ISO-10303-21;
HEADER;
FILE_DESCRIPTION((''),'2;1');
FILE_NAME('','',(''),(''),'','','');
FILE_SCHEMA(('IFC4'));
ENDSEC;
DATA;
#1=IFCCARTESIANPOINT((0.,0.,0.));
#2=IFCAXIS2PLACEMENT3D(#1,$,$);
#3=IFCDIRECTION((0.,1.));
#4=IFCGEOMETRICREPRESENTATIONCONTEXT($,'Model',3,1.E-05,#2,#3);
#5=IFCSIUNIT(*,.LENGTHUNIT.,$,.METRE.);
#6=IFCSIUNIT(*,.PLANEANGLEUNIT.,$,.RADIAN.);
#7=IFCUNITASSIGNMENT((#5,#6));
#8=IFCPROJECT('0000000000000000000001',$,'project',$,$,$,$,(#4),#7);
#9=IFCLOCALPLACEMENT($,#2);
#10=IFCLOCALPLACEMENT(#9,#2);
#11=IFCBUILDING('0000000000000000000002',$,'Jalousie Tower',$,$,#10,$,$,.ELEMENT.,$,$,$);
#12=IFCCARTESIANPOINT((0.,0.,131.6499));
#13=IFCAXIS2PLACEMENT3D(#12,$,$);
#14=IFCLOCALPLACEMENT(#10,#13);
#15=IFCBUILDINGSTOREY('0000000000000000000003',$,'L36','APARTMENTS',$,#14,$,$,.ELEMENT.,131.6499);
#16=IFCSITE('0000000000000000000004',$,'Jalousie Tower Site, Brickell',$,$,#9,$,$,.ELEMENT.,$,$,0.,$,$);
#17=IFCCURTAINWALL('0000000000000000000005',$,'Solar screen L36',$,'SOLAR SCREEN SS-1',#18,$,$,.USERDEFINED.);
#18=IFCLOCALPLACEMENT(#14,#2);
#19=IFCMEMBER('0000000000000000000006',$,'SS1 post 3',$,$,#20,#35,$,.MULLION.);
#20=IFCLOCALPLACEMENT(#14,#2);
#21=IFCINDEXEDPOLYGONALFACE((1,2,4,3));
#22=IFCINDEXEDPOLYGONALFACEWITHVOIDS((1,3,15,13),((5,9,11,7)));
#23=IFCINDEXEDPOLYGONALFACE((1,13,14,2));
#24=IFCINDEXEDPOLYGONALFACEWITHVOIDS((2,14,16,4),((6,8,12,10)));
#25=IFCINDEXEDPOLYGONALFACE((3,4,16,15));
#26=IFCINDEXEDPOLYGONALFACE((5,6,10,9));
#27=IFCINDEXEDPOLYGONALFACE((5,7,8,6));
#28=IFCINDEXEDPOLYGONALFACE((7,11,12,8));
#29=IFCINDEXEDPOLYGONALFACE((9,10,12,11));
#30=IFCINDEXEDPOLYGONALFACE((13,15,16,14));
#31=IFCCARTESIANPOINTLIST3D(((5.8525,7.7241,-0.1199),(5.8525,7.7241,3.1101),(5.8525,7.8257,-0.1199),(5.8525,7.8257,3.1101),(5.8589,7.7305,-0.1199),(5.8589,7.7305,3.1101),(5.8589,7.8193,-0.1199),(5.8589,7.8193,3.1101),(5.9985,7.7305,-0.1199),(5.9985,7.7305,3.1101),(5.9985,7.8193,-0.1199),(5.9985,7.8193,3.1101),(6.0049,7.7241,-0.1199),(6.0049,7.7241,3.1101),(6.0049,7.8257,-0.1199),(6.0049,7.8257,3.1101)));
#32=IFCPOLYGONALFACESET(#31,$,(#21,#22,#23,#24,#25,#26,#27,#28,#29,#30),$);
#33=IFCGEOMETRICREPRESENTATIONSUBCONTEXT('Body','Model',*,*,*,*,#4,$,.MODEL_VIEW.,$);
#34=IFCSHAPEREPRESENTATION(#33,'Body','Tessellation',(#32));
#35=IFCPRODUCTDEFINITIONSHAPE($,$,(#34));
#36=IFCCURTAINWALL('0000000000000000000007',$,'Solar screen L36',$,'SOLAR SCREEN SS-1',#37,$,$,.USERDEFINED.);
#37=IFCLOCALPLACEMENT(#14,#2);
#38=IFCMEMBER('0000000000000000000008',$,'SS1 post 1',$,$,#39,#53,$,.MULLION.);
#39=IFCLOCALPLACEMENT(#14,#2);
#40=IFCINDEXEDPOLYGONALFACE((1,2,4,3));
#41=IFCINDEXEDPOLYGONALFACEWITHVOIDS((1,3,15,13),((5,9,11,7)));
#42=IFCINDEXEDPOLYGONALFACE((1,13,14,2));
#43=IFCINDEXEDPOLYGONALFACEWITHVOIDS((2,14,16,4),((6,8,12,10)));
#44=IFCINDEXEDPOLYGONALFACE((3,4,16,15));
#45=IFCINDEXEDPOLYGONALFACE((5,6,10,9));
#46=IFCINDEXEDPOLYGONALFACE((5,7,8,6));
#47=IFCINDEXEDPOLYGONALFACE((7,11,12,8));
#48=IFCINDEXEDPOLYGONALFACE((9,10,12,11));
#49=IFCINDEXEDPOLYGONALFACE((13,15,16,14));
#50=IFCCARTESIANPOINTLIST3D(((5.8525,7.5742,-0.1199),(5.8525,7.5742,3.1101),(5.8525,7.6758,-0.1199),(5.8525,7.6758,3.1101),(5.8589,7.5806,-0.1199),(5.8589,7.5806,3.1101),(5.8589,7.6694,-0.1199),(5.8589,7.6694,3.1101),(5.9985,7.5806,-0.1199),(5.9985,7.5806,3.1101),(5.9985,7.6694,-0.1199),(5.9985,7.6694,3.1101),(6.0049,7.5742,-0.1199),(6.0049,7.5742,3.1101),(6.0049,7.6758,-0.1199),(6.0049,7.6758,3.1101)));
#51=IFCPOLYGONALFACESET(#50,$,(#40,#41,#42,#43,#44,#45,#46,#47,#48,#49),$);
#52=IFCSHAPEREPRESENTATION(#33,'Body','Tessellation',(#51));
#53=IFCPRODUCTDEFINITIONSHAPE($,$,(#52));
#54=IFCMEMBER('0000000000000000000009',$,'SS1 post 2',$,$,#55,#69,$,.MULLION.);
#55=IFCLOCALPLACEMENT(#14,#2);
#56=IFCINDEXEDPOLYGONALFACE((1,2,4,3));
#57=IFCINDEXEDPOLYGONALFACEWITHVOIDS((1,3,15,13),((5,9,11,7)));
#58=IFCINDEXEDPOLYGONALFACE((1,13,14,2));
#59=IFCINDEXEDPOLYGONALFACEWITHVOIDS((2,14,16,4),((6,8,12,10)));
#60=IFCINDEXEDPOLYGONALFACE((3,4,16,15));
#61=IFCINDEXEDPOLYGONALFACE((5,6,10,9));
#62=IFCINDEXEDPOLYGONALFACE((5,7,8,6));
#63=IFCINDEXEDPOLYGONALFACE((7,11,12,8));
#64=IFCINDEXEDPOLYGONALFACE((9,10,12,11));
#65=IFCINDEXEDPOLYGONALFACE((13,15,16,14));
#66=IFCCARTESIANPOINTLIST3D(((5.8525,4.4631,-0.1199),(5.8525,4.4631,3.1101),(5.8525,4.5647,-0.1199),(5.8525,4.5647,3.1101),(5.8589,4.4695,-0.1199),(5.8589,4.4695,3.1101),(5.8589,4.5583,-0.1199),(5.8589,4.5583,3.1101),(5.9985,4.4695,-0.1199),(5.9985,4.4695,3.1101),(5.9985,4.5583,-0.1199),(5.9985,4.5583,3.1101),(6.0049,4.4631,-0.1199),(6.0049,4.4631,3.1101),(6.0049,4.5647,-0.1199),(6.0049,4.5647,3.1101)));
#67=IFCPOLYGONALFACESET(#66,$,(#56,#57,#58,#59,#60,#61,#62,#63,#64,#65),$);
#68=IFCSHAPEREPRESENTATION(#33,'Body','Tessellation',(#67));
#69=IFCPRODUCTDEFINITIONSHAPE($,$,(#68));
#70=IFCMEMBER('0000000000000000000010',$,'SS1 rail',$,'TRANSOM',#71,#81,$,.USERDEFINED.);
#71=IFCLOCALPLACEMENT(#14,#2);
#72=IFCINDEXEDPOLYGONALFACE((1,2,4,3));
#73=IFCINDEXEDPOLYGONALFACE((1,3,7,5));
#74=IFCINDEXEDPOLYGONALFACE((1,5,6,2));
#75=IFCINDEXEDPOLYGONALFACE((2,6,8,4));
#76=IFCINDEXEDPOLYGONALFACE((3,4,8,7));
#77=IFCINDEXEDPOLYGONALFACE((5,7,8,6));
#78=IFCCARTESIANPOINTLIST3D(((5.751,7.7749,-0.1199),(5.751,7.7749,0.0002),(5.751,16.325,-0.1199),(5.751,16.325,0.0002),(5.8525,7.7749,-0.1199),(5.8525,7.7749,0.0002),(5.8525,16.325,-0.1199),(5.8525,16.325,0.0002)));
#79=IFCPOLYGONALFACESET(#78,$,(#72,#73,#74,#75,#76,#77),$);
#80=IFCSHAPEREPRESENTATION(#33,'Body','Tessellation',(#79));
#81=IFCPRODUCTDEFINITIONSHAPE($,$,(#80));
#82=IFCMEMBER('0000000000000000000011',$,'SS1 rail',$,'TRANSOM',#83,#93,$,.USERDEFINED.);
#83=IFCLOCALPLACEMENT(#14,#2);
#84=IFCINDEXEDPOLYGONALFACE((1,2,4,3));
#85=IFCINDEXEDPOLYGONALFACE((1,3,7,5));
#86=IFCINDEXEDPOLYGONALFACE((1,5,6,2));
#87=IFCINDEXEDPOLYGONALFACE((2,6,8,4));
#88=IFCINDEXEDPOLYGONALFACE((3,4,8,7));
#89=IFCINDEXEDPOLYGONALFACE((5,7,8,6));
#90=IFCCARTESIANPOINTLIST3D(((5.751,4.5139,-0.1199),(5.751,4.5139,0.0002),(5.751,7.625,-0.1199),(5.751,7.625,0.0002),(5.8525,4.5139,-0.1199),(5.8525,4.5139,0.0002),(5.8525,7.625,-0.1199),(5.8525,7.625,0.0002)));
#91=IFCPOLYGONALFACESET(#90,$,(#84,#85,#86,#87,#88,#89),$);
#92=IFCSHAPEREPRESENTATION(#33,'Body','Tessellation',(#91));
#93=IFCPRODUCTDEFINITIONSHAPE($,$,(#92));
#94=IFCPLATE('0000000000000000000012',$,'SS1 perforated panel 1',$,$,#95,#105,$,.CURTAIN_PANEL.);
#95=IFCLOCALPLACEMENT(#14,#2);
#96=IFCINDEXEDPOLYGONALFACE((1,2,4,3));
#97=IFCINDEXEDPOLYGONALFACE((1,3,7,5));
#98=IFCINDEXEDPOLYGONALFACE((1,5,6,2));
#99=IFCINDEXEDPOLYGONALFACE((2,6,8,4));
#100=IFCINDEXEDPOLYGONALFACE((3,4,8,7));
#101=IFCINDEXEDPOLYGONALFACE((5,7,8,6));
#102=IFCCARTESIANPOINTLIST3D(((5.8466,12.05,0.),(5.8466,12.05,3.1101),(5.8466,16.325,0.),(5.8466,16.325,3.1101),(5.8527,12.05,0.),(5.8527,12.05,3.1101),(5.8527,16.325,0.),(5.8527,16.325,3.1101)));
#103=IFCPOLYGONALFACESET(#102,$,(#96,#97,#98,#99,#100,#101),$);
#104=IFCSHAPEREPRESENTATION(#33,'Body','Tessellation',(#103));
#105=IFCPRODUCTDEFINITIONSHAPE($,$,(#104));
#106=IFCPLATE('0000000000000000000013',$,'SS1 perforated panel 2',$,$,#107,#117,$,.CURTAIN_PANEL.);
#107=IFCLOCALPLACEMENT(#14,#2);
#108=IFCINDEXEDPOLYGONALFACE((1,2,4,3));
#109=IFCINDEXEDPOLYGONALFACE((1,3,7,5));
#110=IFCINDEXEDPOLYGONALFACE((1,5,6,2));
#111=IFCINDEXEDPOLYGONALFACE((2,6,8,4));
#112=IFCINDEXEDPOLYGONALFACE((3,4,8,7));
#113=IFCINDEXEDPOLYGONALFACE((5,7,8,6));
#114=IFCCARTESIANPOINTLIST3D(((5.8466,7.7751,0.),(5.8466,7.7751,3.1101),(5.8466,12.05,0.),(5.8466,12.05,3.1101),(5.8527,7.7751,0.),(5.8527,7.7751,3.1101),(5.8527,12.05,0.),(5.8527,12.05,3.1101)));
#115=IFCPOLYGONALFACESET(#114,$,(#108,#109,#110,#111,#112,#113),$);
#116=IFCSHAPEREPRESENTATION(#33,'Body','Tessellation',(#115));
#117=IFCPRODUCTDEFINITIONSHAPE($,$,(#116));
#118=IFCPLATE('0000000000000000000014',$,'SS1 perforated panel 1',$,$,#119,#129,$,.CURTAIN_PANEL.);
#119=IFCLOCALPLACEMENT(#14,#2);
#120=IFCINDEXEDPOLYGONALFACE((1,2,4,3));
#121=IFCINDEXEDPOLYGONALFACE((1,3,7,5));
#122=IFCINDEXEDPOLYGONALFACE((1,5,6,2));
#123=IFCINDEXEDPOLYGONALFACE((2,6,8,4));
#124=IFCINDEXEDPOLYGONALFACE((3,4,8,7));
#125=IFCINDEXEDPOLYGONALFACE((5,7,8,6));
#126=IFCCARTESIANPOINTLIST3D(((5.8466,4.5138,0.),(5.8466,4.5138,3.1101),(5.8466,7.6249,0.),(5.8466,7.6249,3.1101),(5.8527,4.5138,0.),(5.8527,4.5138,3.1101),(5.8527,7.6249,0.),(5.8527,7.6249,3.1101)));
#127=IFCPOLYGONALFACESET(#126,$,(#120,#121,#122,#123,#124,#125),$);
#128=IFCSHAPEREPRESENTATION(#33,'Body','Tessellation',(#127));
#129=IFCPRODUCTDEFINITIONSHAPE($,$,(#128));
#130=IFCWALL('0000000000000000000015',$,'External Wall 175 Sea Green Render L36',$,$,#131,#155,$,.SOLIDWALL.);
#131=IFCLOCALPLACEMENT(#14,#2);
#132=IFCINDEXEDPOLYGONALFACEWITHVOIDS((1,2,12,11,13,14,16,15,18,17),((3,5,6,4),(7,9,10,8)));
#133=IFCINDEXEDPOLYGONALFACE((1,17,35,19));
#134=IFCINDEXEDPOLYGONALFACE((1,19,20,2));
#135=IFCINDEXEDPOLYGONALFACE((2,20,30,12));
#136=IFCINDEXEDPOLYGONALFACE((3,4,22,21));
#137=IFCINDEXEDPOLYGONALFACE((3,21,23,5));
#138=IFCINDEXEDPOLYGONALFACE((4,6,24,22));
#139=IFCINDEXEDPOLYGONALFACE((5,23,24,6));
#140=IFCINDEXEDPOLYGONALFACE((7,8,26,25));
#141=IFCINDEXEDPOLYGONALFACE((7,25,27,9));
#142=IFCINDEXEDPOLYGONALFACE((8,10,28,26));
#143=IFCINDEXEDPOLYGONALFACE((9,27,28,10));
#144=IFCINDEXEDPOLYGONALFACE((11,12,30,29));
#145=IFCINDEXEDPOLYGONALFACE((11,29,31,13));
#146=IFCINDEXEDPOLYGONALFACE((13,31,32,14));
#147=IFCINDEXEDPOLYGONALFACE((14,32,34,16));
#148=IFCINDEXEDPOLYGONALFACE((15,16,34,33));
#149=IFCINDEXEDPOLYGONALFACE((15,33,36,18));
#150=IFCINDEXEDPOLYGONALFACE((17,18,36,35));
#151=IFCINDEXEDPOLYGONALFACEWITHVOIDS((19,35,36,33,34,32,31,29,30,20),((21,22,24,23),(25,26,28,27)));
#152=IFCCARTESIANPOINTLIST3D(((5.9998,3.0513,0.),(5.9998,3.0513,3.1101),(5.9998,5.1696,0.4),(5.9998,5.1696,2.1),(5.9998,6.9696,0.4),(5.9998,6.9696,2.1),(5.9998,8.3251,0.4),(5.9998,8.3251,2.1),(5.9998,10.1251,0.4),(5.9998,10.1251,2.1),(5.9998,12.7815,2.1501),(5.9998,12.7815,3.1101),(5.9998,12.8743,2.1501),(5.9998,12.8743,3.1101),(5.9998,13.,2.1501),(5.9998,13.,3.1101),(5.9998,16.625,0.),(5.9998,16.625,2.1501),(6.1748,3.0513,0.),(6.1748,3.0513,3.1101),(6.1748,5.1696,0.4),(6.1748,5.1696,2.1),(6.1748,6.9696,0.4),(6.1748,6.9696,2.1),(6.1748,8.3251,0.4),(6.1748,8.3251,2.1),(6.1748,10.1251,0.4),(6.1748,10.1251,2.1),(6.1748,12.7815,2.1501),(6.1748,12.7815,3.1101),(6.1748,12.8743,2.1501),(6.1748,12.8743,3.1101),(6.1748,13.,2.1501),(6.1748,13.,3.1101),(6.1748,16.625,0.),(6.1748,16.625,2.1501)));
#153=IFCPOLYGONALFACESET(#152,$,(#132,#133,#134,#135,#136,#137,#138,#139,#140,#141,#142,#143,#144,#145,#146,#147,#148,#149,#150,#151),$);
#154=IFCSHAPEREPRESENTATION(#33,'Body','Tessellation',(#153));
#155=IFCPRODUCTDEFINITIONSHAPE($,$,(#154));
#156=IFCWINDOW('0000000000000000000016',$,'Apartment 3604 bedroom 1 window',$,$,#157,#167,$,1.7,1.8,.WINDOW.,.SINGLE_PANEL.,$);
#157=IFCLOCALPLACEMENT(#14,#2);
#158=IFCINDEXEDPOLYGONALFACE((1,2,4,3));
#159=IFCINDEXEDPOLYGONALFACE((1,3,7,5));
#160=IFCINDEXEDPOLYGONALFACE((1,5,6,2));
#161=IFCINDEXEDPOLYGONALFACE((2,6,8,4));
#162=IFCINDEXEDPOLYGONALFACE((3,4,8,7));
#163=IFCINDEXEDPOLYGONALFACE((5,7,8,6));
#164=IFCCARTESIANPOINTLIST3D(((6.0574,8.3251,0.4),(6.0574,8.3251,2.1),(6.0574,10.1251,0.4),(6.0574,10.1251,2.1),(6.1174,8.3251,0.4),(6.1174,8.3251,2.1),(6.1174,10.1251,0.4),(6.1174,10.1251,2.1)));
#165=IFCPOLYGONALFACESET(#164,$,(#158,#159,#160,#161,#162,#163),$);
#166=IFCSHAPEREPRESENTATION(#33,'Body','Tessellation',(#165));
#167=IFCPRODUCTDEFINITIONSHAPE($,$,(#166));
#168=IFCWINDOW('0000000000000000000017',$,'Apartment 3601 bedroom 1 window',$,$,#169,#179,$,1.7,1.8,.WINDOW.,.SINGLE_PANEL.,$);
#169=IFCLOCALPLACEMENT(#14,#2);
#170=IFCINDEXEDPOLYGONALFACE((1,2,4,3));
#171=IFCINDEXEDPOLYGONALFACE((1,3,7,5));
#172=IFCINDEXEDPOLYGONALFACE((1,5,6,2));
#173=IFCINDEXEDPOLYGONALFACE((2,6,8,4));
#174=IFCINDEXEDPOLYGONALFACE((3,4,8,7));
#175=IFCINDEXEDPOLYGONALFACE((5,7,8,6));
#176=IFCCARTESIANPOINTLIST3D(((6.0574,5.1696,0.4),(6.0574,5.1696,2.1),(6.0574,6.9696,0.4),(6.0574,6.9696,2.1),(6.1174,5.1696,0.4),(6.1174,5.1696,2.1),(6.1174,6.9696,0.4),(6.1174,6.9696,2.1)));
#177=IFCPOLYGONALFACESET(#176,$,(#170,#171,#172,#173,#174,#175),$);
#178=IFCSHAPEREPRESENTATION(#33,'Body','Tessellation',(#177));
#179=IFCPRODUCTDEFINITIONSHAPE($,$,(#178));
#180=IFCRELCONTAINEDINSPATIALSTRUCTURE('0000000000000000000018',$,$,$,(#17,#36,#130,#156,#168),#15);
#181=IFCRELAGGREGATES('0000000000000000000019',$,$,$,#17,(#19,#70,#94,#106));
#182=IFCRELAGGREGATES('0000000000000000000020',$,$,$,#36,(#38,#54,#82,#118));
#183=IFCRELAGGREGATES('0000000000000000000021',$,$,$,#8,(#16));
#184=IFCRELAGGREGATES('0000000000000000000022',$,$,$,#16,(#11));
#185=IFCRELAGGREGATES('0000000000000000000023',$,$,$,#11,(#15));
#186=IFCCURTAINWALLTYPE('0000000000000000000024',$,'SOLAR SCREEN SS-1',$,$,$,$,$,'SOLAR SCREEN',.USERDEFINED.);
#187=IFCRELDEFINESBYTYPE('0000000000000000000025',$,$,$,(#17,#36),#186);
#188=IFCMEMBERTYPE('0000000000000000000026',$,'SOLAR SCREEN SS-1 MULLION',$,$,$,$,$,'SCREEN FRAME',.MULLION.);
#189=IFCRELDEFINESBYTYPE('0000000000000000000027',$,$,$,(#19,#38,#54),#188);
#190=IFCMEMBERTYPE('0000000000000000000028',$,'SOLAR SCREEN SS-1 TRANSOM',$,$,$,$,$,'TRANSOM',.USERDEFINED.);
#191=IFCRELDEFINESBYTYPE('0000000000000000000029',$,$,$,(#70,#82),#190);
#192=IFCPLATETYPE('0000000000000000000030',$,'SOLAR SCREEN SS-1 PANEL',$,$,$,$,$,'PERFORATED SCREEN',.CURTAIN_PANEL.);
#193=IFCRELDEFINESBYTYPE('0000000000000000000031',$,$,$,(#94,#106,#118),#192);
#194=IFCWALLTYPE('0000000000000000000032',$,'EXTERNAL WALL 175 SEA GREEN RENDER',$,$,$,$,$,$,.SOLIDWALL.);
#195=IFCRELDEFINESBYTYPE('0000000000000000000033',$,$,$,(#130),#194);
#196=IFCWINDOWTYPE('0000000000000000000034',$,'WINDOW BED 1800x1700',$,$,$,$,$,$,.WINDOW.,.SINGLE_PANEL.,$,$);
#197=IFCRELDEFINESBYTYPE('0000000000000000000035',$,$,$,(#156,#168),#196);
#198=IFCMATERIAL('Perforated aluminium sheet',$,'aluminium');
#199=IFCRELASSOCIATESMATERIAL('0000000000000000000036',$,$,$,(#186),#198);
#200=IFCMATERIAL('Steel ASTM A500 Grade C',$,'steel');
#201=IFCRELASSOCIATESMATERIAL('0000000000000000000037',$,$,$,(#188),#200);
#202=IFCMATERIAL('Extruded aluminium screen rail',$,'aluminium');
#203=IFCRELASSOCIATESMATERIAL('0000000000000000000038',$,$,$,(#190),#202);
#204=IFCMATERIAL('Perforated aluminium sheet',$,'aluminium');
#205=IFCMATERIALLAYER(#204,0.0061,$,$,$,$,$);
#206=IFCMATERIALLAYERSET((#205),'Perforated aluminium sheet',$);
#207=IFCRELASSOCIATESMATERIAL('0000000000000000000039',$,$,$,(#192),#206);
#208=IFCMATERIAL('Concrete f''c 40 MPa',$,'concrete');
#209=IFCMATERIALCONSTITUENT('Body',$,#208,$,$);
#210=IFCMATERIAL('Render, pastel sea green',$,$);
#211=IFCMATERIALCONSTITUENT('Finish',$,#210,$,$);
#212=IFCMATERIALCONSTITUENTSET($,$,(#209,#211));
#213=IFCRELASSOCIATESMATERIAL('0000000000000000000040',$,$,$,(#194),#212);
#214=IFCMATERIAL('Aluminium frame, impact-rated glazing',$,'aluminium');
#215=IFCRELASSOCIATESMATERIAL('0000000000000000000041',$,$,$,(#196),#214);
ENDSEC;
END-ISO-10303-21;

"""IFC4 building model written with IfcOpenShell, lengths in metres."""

from ifc_helpers import new_model, si_unit, direction, frame, frame_2d, origin, origin_2d, place, context, subcontext, project, spatial, polyline, rectangle, hollow_rectangle, outline, extrude, material, layer, layer_set, constituent, constituent_set, material_profile, profile_set, type_object, element, fill, aggregate, save


model = new_model("IFC4")

# Units and contexts
model_context = context("Model", 3, precision=1e-05, world=origin(), true_north=direction((0.0, 1.0)))
body_context = subcontext(model_context, "Body", "Model", "MODEL_VIEW")
ifc_project = project(units=[si_unit("LENGTHUNIT", "METRE"), si_unit("PLANEANGLEUNIT", "RADIAN")], contexts=[model_context])

# Site, building, storey
site_placement = place(None, origin())
site = spatial("IfcSite", under=ifc_project, at=site_placement, Name="Jalousie Tower Site, Brickell", CompositionType="ELEMENT", RefElevation=0.0)
building_placement = place(site_placement, origin())
building = spatial("IfcBuilding", under=site, at=building_placement, Name="Jalousie Tower", CompositionType="ELEMENT")
storey_placement = place(building_placement, frame((0.0, 0.0, 131.6499)))
storey = spatial("IfcBuildingStorey", under=building, at=storey_placement, Name="L36", Description="APARTMENTS", CompositionType="ELEMENT", Elevation=131.6499)

# Curtain walls, members
ifc_material_1 = material(Name="Perforated aluminium sheet", Category="aluminium")
curtain_wall_type = type_object("IfcCurtainWallType", Name="SOLAR SCREEN SS-1", ElementType="SOLAR SCREEN", PredefinedType="USERDEFINED", material=ifc_material_1)
curtain_wall_1_placement = place(storey_placement, origin())
curtain_wall_1 = element("IfcCurtainWall", 1, at=curtain_wall_1_placement, inside=storey, type_object=curtain_wall_type, Name="Solar screen L36", ObjectType="SOLAR SCREEN SS-1", PredefinedType="USERDEFINED")
ifc_material_2 = material(Name="Steel ASTM A500 Grade C", Category="steel")
ifc_material_profile_1 = material_profile(ifc_material_2, hollow_rectangle(XDim=0.1016, YDim=0.1523, WallThickness=0.0063, at=origin_2d()), Name="HSS6X4X1/4")
ifc_profile_set_1 = profile_set([ifc_material_profile_1], Name="Steel ASTM A500 Grade C")
member_type_1 = type_object("IfcMemberType", Name="SOLAR SCREEN SS-1 MULLION", ElementType="SCREEN FRAME", PredefinedType="MULLION", material=ifc_profile_set_1)
member_1_placement = place(storey_placement, frame((5.9287, 7.7749, -0.1199), z_axis=(0.0, 0.0, 1.0), x_axis=(0.0, -1.0, 0.0)))
member_1 = element("IfcMember", 2, at=member_1_placement, type_object=member_type_1, Name="SS1 post 3", PredefinedType="MULLION", context=body_context, shape_type="SweptSolid", body=[
    extrude(hollow_rectangle(XDim=0.1016, YDim=0.1523, WallThickness=0.0063, at=origin_2d()), origin(), (0.0, 0.0, 1.0), 3.23),
])
curtain_wall_2_placement = place(storey_placement, origin())
curtain_wall_2 = element("IfcCurtainWall", 3, at=curtain_wall_2_placement, inside=storey, type_object=curtain_wall_type, Name="Solar screen L36", ObjectType="SOLAR SCREEN SS-1", PredefinedType="USERDEFINED")
member_2_placement = place(storey_placement, frame((5.9287, 7.625, -0.1199), z_axis=(0.0, 0.0, 1.0), x_axis=(0.0, -1.0, 0.0)))
member_2 = element("IfcMember", 4, at=member_2_placement, type_object=member_type_1, Name="SS1 post 1", PredefinedType="MULLION", context=body_context, shape_type="SweptSolid", body=[
    extrude(hollow_rectangle(XDim=0.1016, YDim=0.1523, WallThickness=0.0063, at=origin_2d()), origin(), (0.0, 0.0, 1.0), 3.23),
])
member_3_placement = place(storey_placement, frame((5.9287, 4.5139, -0.1199), z_axis=(0.0, 0.0, 1.0), x_axis=(0.0, -1.0, 0.0)))
member_3 = element("IfcMember", 5, at=member_3_placement, type_object=member_type_1, Name="SS1 post 2", PredefinedType="MULLION", context=body_context, shape_type="SweptSolid", body=[
    extrude(hollow_rectangle(XDim=0.1016, YDim=0.1523, WallThickness=0.0063, at=origin_2d()), origin(), (0.0, 0.0, 1.0), 3.23),
])

# Members
ifc_material_3 = material(Name="Extruded aluminium screen rail", Category="aluminium")
ifc_material_profile_2 = material_profile(ifc_material_3, rectangle(XDim=0.1016, YDim=0.1201, at=origin_2d()), Name="RAIL 102x120")
ifc_profile_set_2 = profile_set([ifc_material_profile_2], Name="Extruded aluminium screen rail")
member_type_2 = type_object("IfcMemberType", Name="SOLAR SCREEN SS-1 TRANSOM", ElementType="TRANSOM", PredefinedType="USERDEFINED", material=ifc_profile_set_2)
member_4_placement = place(storey_placement, frame((5.8018, 16.325, -0.0598), z_axis=(0.0, -1.0, 0.0), x_axis=(1.0, 0.0, 0.0)))
member_4 = element("IfcMember", 6, at=member_4_placement, type_object=member_type_2, Name="SS1 rail", ObjectType="TRANSOM", PredefinedType="USERDEFINED", context=body_context, shape_type="SweptSolid", body=[
    extrude(rectangle(XDim=0.1016, YDim=0.1201, at=origin_2d()), origin(), (0.0, 0.0, 1.0), 8.55),
])
member_5_placement = place(storey_placement, frame((5.8018, 7.625, -0.0598), z_axis=(0.0, -1.0, 0.0), x_axis=(1.0, 0.0, 0.0)))
member_5 = element("IfcMember", 7, at=member_5_placement, type_object=member_type_2, Name="SS1 rail", ObjectType="TRANSOM", PredefinedType="USERDEFINED", context=body_context, shape_type="SweptSolid", body=[
    extrude(rectangle(XDim=0.1016, YDim=0.1201, at=origin_2d()), origin(), (0.0, 0.0, 1.0), 3.1111),
])

# Plates
ifc_material_4 = material(Name="Perforated aluminium sheet", Category="aluminium")
ifc_layer_1 = layer(ifc_material_4, 0.0061)
ifc_layer_set_1 = layer_set([ifc_layer_1], Name="Perforated aluminium sheet")
plate_type = type_object("IfcPlateType", Name="SOLAR SCREEN SS-1 PANEL", ElementType="PERFORATED SCREEN", PredefinedType="CURTAIN_PANEL", material=ifc_layer_set_1)
plate_1_placement = place(storey_placement, frame((5.8496, 14.1875, 0.0), z_axis=(0.0, 0.0, 1.0), x_axis=(0.0, -1.0, 0.0)))
plate_1 = element("IfcPlate", 8, at=plate_1_placement, type_object=plate_type, Name="SS1 perforated panel 1", PredefinedType="CURTAIN_PANEL", context=body_context, shape_type="SweptSolid", body=[
    extrude(rectangle(XDim=4.2749, YDim=0.0061, at=origin_2d()), origin(), (0.0, 0.0, 1.0), 3.1101),
])
plate_2_placement = place(storey_placement, frame((5.8496, 9.9126, 0.0), z_axis=(0.0, 0.0, 1.0), x_axis=(0.0, -1.0, 0.0)))
plate_2 = element("IfcPlate", 9, at=plate_2_placement, type_object=plate_type, Name="SS1 perforated panel 2", PredefinedType="CURTAIN_PANEL", context=body_context, shape_type="SweptSolid", body=[
    extrude(rectangle(XDim=4.2749, YDim=0.0061, at=origin_2d()), origin(), (0.0, 0.0, 1.0), 3.1101),
])
aggregate(curtain_wall_1, [member_1, member_4, plate_1, plate_2])
plate_3_placement = place(storey_placement, frame((5.8496, 6.0693, 0.0), z_axis=(0.0, 0.0, 1.0), x_axis=(0.0, -1.0, 0.0)))
plate_3 = element("IfcPlate", 10, at=plate_3_placement, type_object=plate_type, Name="SS1 perforated panel 1", PredefinedType="CURTAIN_PANEL", context=body_context, shape_type="SweptSolid", body=[
    extrude(rectangle(XDim=3.1111, YDim=0.0061, at=origin_2d()), origin(), (0.0, 0.0, 1.0), 3.1101),
])
aggregate(curtain_wall_2, [member_2, member_3, member_5, plate_3])

# Wall, openings, windows
ifc_material_5 = material(Name="Concrete f'c 40 MPa", Category="concrete")
ifc_constituent_1 = constituent(ifc_material_5, Name="Body")
ifc_material_6 = material(Name="Render, pastel sea green")
ifc_constituent_2 = constituent(ifc_material_6, Name="Finish")
ifc_constituent_set_1 = constituent_set(constituents=[ifc_constituent_1, ifc_constituent_2])
wall_type_1 = type_object("IfcWallType", Name="EXTERNAL WALL 175 SEA GREEN RENDER", PredefinedType="SOLIDWALL", material=ifc_constituent_set_1)
wall_1_placement = place(storey_placement, frame((6.0874, 16.625, 0.0), z_axis=(0.0, 0.0, 1.0), x_axis=(0.0, -1.0, 0.0)))
wall_1 = element("IfcWall", 11, at=wall_1_placement, inside=storey, type_object=wall_type_1, Name="External Wall 175 Sea Green Render L36", PredefinedType="SOLIDWALL", context=body_context, shape_type="SweptSolid", body=[
    extrude(outline(polyline([(0.0, 0.0), (13.5737, 0.0), (13.5737, 3.1101), (3.8435, 3.1101), (3.8435, 2.1501), (3.7507, 2.1501), (3.7507, 3.1101), (3.625, 3.1101), (3.625, 2.1501), (0.0, 2.1501), (0.0, 0.0)])), frame((0.0, 0.0874, 0.0), z_axis=(0.0, -1.0, 0.0), x_axis=(1.0, 0.0, 0.0)), (0.0, 0.0, 1.0), 0.175),
])
opening_1_placement = place(wall_1_placement, frame((6.5, 0.0, 0.3999)))
opening_1 = element("IfcOpeningElement", 12, at=opening_1_placement, cuts=wall_1, PredefinedType="OPENING", context=body_context, shape_type="SweptSolid", body=[
    extrude(rectangle(XDim=1.8, YDim=1.7, at=frame_2d((0.8999, 0.8501))), frame((0.0, 0.0974, 0.0), z_axis=(0.0, -1.0, 0.0), x_axis=(1.0, 0.0, 0.0)), (0.0, 0.0, 1.0), 0.1951),
])
opening_2_placement = place(wall_1_placement, frame((9.6555, 0.0, 0.3999)))
opening_2 = element("IfcOpeningElement", 13, at=opening_2_placement, cuts=wall_1, PredefinedType="OPENING", context=body_context, shape_type="SweptSolid", body=[
    extrude(rectangle(XDim=1.8, YDim=1.7, at=frame_2d((0.8999, 0.8501))), frame((0.0, 0.0974, 0.0), z_axis=(0.0, -1.0, 0.0), x_axis=(1.0, 0.0, 0.0)), (0.0, 0.0, 1.0), 0.1951),
])
ifc_material_7 = material(Name="Aluminium frame, impact-rated glazing", Category="aluminium")
window_type = type_object("IfcWindowType", Name="WINDOW BED 1800x1700", PartitioningType="SINGLE_PANEL", PredefinedType="WINDOW", material=ifc_material_7)
window_1_placement = place(opening_1_placement, origin())
window_1 = element("IfcWindow", 14, at=window_1_placement, inside=storey, type_object=window_type, Name="Apartment 3604 bedroom 1 window", OverallHeight=1.7, OverallWidth=1.8, PartitioningType="SINGLE_PANEL", PredefinedType="WINDOW", context=body_context, shape_type="SweptSolid", body=[
    extrude(rectangle(XDim=1.8, YDim=1.7, at=frame_2d((0.8999, 0.8501))), frame((0.0, 0.03, 0.0), z_axis=(0.0, -1.0, 0.0), x_axis=(1.0, 0.0, 0.0)), (0.0, 0.0, 1.0), 0.0601),
])
fill(opening_1, window_1)
window_2_placement = place(opening_2_placement, origin())
window_2 = element("IfcWindow", 15, at=window_2_placement, inside=storey, type_object=window_type, Name="Apartment 3601 bedroom 1 window", OverallHeight=1.7, OverallWidth=1.8, PartitioningType="SINGLE_PANEL", PredefinedType="WINDOW", context=body_context, shape_type="SweptSolid", body=[
    extrude(rectangle(XDim=1.8, YDim=1.7, at=frame_2d((0.8999, 0.8501))), frame((0.0, 0.03, 0.0), z_axis=(0.0, -1.0, 0.0), x_axis=(1.0, 0.0, 0.0)), (0.0, 0.0, 1.0), 0.0601),
])
fill(opening_2, window_2)

save(model, "model.ifc")
